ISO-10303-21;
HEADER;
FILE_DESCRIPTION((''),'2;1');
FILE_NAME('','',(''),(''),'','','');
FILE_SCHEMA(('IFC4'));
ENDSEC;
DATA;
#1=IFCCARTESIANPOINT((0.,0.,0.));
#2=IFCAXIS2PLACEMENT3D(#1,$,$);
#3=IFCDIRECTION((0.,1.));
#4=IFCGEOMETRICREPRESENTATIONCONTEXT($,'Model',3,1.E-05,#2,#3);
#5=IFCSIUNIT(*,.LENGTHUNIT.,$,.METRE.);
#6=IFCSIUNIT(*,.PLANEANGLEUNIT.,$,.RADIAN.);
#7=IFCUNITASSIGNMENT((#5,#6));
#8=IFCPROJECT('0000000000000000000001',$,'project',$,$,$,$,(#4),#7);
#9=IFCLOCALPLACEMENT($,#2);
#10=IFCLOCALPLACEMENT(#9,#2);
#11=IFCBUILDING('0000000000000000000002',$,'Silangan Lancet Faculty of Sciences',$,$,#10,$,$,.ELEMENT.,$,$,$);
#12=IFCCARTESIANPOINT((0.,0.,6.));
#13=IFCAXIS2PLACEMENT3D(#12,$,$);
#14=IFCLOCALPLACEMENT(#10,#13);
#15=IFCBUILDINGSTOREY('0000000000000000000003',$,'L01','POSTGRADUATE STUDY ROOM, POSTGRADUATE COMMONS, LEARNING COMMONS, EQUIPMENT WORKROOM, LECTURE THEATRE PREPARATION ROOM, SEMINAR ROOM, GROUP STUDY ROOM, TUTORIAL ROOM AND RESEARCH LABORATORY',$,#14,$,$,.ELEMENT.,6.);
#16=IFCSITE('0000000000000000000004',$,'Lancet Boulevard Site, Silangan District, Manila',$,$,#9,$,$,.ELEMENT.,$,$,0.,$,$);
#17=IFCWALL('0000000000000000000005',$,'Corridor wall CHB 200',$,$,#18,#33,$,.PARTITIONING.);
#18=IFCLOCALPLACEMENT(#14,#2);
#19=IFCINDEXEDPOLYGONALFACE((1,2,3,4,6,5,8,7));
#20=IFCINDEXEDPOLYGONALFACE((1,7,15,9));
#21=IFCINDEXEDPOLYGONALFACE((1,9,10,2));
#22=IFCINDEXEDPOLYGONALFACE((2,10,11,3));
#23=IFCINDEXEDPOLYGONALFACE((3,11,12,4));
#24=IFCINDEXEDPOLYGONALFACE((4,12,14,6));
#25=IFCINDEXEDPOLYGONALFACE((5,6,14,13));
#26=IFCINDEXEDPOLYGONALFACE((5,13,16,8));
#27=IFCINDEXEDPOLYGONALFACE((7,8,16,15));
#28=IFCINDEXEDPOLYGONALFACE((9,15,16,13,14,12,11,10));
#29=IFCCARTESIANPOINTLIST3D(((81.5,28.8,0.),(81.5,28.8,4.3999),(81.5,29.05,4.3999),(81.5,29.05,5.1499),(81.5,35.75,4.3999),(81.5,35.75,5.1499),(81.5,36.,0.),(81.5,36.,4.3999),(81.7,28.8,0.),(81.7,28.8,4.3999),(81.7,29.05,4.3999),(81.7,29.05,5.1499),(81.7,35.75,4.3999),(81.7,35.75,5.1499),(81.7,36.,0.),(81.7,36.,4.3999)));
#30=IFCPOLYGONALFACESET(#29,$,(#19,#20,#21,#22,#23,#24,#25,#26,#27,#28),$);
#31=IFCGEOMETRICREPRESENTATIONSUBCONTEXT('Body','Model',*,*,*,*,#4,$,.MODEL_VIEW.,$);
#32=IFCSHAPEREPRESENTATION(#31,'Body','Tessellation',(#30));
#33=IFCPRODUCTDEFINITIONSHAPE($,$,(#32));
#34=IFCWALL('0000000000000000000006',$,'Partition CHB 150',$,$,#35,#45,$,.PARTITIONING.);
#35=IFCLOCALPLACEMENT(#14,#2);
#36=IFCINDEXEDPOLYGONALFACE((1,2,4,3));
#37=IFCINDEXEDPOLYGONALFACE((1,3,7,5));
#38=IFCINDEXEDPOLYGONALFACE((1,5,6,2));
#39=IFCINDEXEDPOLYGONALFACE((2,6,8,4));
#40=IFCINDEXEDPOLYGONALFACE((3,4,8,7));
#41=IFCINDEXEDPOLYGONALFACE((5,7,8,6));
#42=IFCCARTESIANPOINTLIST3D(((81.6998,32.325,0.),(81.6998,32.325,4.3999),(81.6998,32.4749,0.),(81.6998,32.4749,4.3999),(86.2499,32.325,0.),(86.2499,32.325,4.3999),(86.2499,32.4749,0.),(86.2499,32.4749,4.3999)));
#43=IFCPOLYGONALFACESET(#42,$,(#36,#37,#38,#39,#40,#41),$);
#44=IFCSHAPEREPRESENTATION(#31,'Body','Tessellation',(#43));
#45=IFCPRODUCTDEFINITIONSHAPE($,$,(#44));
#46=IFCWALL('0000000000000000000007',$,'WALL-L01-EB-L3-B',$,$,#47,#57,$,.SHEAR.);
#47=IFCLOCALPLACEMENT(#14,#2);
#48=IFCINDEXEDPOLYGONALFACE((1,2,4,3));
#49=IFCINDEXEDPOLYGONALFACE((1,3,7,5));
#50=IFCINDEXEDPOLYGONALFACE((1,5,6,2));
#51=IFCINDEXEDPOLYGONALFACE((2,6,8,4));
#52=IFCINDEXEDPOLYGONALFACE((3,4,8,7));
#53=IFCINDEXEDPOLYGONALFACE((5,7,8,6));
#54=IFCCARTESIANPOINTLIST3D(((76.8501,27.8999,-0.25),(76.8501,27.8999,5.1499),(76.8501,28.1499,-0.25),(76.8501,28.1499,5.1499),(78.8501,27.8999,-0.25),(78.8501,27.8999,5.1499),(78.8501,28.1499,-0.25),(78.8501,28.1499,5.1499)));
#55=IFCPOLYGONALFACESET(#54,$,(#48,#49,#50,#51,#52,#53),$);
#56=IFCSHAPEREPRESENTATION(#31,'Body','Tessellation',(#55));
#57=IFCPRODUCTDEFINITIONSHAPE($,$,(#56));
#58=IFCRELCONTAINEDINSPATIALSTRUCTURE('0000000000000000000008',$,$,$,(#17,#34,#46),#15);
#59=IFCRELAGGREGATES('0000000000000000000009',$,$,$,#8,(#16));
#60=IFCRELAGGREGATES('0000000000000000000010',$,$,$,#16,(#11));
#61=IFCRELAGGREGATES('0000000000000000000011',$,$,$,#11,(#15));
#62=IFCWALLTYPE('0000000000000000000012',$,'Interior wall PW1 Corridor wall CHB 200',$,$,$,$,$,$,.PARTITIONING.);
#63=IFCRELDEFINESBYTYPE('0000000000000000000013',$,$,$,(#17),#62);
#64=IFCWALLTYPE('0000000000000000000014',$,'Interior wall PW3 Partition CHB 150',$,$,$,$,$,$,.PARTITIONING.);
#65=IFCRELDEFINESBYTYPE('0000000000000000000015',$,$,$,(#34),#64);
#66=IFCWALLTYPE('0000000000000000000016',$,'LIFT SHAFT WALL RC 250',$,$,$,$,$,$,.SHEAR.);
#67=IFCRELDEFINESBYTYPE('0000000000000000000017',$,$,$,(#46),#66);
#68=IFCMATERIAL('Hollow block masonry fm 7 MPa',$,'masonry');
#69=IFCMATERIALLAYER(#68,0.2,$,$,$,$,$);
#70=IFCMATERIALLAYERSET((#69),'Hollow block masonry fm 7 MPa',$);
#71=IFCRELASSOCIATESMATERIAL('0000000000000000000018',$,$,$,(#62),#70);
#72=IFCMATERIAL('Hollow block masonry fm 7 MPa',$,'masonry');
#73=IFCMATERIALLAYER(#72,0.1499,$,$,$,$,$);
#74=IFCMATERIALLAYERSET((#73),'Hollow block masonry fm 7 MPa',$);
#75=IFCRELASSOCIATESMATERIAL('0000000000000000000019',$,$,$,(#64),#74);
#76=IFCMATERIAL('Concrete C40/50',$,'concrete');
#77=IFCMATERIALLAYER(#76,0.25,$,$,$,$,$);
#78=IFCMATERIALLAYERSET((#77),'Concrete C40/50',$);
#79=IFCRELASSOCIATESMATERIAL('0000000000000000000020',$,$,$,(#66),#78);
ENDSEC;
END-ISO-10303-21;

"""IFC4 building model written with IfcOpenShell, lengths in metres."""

from ifc_helpers import new_model, si_unit, direction, frame, frame_2d, origin, place, context, subcontext, project, spatial, polyline, rectangle, outline, extrude, material, layer, layer_set, type_object, element, save


model = new_model("IFC4")

# Units and contexts
model_context = context("Model", 3, precision=1e-05, world=origin(), true_north=direction((0.0, 1.0)))
body_context = subcontext(model_context, "Body", "Model", "MODEL_VIEW")
ifc_project = project(units=[si_unit("LENGTHUNIT", "METRE"), si_unit("PLANEANGLEUNIT", "RADIAN")], contexts=[model_context])

# Site, building, storey
site_placement = place(None, origin())
site = spatial("IfcSite", under=ifc_project, at=site_placement, Name="Lancet Boulevard Site, Silangan District, Manila", CompositionType="ELEMENT", RefElevation=0.0)
building_placement = place(site_placement, origin())
building = spatial("IfcBuilding", under=site, at=building_placement, Name="Silangan Lancet Faculty of Sciences", CompositionType="ELEMENT")
storey_placement = place(building_placement, frame((0.0, 0.0, 6.0)))
storey = spatial("IfcBuildingStorey", under=building, at=storey_placement, Name="L01", Description="POSTGRADUATE STUDY ROOM, POSTGRADUATE COMMONS, LEARNING COMMONS, EQUIPMENT WORKROOM, LECTURE THEATRE PREPARATION ROOM, SEMINAR ROOM, GROUP STUDY ROOM, TUTORIAL ROOM AND RESEARCH LABORATORY", CompositionType="ELEMENT", Elevation=6.0)

# Shared definitions
ifc_material_1 = material(Name="Hollow block masonry fm 7 MPa", Category="masonry")
ifc_layer_1 = layer(ifc_material_1, 0.2)
ifc_layer_set_1 = layer_set([ifc_layer_1], Name="Hollow block masonry fm 7 MPa")
wall_type_1 = type_object("IfcWallType", Name="Interior wall PW1 Corridor wall CHB 200", PredefinedType="PARTITIONING", material=ifc_layer_set_1)

# Walls
wall_1_placement = place(storey_placement, frame((81.6001, 28.8, 0.0), z_axis=(0.0, 0.0, 1.0), x_axis=(0.0, 1.0, 0.0)))
element("IfcWall", 1, at=wall_1_placement, inside=storey, type_object=wall_type_1, Name="Corridor wall CHB 200", PredefinedType="PARTITIONING", context=body_context, shape_type="SweptSolid", body=[
    extrude(outline(polyline([(0.0, 0.0), (7.2, 0.0), (7.2, 4.3999), (6.95, 4.3999), (6.95, 5.1499), (0.25, 5.1499), (0.25, 4.3999), (0.0, 4.3999), (0.0, 0.0)])), frame((0.0, 0.1001, 0.0), z_axis=(0.0, -1.0, 0.0), x_axis=(1.0, 0.0, 0.0)), (0.0, 0.0, 1.0), 0.2),
])
ifc_material_2 = material(Name="Hollow block masonry fm 7 MPa", Category="masonry")
ifc_layer_2 = layer(ifc_material_2, 0.1499)
ifc_layer_set_2 = layer_set([ifc_layer_2], Name="Hollow block masonry fm 7 MPa")
wall_type_2 = type_object("IfcWallType", Name="Interior wall PW3 Partition CHB 150", PredefinedType="PARTITIONING", material=ifc_layer_set_2)
wall_2_placement = place(storey_placement, frame((81.7, 32.3999, 0.0), z_axis=(0.0, 0.0, 1.0), x_axis=(1.0, 0.0, 0.0)))
element("IfcWall", 2, at=wall_2_placement, inside=storey, type_object=wall_type_2, Name="Partition CHB 150", PredefinedType="PARTITIONING", context=body_context, shape_type="SweptSolid", body=[
    extrude(rectangle(XDim=4.55, YDim=0.1499, at=frame_2d((2.2749, 0.0))), origin(), (0.0, 0.0, 1.0), 4.3999),
])
ifc_material_3 = material(Name="Concrete C40/50", Category="concrete")
ifc_layer_3 = layer(ifc_material_3, 0.25)
ifc_layer_set_3 = layer_set([ifc_layer_3], Name="Concrete C40/50")
wall_type_3 = type_object("IfcWallType", Name="LIFT SHAFT WALL RC 250", PredefinedType="SHEAR", material=ifc_layer_set_3)
wall_3_placement = place(storey_placement, frame((76.8501, 28.0249, -0.25), z_axis=(0.0, 0.0, 1.0), x_axis=(1.0, 0.0, 0.0)))
element("IfcWall", 3, at=wall_3_placement, inside=storey, type_object=wall_type_3, Name="WALL-L01-EB-L3-B", PredefinedType="SHEAR", context=body_context, shape_type="SweptSolid", body=[
    extrude(rectangle(XDim=2.0, YDim=0.25, at=frame_2d((1.0, 0.0))), origin(), (0.0, 0.0, 1.0), 5.3999),
])

save(model, "model.ifc")
